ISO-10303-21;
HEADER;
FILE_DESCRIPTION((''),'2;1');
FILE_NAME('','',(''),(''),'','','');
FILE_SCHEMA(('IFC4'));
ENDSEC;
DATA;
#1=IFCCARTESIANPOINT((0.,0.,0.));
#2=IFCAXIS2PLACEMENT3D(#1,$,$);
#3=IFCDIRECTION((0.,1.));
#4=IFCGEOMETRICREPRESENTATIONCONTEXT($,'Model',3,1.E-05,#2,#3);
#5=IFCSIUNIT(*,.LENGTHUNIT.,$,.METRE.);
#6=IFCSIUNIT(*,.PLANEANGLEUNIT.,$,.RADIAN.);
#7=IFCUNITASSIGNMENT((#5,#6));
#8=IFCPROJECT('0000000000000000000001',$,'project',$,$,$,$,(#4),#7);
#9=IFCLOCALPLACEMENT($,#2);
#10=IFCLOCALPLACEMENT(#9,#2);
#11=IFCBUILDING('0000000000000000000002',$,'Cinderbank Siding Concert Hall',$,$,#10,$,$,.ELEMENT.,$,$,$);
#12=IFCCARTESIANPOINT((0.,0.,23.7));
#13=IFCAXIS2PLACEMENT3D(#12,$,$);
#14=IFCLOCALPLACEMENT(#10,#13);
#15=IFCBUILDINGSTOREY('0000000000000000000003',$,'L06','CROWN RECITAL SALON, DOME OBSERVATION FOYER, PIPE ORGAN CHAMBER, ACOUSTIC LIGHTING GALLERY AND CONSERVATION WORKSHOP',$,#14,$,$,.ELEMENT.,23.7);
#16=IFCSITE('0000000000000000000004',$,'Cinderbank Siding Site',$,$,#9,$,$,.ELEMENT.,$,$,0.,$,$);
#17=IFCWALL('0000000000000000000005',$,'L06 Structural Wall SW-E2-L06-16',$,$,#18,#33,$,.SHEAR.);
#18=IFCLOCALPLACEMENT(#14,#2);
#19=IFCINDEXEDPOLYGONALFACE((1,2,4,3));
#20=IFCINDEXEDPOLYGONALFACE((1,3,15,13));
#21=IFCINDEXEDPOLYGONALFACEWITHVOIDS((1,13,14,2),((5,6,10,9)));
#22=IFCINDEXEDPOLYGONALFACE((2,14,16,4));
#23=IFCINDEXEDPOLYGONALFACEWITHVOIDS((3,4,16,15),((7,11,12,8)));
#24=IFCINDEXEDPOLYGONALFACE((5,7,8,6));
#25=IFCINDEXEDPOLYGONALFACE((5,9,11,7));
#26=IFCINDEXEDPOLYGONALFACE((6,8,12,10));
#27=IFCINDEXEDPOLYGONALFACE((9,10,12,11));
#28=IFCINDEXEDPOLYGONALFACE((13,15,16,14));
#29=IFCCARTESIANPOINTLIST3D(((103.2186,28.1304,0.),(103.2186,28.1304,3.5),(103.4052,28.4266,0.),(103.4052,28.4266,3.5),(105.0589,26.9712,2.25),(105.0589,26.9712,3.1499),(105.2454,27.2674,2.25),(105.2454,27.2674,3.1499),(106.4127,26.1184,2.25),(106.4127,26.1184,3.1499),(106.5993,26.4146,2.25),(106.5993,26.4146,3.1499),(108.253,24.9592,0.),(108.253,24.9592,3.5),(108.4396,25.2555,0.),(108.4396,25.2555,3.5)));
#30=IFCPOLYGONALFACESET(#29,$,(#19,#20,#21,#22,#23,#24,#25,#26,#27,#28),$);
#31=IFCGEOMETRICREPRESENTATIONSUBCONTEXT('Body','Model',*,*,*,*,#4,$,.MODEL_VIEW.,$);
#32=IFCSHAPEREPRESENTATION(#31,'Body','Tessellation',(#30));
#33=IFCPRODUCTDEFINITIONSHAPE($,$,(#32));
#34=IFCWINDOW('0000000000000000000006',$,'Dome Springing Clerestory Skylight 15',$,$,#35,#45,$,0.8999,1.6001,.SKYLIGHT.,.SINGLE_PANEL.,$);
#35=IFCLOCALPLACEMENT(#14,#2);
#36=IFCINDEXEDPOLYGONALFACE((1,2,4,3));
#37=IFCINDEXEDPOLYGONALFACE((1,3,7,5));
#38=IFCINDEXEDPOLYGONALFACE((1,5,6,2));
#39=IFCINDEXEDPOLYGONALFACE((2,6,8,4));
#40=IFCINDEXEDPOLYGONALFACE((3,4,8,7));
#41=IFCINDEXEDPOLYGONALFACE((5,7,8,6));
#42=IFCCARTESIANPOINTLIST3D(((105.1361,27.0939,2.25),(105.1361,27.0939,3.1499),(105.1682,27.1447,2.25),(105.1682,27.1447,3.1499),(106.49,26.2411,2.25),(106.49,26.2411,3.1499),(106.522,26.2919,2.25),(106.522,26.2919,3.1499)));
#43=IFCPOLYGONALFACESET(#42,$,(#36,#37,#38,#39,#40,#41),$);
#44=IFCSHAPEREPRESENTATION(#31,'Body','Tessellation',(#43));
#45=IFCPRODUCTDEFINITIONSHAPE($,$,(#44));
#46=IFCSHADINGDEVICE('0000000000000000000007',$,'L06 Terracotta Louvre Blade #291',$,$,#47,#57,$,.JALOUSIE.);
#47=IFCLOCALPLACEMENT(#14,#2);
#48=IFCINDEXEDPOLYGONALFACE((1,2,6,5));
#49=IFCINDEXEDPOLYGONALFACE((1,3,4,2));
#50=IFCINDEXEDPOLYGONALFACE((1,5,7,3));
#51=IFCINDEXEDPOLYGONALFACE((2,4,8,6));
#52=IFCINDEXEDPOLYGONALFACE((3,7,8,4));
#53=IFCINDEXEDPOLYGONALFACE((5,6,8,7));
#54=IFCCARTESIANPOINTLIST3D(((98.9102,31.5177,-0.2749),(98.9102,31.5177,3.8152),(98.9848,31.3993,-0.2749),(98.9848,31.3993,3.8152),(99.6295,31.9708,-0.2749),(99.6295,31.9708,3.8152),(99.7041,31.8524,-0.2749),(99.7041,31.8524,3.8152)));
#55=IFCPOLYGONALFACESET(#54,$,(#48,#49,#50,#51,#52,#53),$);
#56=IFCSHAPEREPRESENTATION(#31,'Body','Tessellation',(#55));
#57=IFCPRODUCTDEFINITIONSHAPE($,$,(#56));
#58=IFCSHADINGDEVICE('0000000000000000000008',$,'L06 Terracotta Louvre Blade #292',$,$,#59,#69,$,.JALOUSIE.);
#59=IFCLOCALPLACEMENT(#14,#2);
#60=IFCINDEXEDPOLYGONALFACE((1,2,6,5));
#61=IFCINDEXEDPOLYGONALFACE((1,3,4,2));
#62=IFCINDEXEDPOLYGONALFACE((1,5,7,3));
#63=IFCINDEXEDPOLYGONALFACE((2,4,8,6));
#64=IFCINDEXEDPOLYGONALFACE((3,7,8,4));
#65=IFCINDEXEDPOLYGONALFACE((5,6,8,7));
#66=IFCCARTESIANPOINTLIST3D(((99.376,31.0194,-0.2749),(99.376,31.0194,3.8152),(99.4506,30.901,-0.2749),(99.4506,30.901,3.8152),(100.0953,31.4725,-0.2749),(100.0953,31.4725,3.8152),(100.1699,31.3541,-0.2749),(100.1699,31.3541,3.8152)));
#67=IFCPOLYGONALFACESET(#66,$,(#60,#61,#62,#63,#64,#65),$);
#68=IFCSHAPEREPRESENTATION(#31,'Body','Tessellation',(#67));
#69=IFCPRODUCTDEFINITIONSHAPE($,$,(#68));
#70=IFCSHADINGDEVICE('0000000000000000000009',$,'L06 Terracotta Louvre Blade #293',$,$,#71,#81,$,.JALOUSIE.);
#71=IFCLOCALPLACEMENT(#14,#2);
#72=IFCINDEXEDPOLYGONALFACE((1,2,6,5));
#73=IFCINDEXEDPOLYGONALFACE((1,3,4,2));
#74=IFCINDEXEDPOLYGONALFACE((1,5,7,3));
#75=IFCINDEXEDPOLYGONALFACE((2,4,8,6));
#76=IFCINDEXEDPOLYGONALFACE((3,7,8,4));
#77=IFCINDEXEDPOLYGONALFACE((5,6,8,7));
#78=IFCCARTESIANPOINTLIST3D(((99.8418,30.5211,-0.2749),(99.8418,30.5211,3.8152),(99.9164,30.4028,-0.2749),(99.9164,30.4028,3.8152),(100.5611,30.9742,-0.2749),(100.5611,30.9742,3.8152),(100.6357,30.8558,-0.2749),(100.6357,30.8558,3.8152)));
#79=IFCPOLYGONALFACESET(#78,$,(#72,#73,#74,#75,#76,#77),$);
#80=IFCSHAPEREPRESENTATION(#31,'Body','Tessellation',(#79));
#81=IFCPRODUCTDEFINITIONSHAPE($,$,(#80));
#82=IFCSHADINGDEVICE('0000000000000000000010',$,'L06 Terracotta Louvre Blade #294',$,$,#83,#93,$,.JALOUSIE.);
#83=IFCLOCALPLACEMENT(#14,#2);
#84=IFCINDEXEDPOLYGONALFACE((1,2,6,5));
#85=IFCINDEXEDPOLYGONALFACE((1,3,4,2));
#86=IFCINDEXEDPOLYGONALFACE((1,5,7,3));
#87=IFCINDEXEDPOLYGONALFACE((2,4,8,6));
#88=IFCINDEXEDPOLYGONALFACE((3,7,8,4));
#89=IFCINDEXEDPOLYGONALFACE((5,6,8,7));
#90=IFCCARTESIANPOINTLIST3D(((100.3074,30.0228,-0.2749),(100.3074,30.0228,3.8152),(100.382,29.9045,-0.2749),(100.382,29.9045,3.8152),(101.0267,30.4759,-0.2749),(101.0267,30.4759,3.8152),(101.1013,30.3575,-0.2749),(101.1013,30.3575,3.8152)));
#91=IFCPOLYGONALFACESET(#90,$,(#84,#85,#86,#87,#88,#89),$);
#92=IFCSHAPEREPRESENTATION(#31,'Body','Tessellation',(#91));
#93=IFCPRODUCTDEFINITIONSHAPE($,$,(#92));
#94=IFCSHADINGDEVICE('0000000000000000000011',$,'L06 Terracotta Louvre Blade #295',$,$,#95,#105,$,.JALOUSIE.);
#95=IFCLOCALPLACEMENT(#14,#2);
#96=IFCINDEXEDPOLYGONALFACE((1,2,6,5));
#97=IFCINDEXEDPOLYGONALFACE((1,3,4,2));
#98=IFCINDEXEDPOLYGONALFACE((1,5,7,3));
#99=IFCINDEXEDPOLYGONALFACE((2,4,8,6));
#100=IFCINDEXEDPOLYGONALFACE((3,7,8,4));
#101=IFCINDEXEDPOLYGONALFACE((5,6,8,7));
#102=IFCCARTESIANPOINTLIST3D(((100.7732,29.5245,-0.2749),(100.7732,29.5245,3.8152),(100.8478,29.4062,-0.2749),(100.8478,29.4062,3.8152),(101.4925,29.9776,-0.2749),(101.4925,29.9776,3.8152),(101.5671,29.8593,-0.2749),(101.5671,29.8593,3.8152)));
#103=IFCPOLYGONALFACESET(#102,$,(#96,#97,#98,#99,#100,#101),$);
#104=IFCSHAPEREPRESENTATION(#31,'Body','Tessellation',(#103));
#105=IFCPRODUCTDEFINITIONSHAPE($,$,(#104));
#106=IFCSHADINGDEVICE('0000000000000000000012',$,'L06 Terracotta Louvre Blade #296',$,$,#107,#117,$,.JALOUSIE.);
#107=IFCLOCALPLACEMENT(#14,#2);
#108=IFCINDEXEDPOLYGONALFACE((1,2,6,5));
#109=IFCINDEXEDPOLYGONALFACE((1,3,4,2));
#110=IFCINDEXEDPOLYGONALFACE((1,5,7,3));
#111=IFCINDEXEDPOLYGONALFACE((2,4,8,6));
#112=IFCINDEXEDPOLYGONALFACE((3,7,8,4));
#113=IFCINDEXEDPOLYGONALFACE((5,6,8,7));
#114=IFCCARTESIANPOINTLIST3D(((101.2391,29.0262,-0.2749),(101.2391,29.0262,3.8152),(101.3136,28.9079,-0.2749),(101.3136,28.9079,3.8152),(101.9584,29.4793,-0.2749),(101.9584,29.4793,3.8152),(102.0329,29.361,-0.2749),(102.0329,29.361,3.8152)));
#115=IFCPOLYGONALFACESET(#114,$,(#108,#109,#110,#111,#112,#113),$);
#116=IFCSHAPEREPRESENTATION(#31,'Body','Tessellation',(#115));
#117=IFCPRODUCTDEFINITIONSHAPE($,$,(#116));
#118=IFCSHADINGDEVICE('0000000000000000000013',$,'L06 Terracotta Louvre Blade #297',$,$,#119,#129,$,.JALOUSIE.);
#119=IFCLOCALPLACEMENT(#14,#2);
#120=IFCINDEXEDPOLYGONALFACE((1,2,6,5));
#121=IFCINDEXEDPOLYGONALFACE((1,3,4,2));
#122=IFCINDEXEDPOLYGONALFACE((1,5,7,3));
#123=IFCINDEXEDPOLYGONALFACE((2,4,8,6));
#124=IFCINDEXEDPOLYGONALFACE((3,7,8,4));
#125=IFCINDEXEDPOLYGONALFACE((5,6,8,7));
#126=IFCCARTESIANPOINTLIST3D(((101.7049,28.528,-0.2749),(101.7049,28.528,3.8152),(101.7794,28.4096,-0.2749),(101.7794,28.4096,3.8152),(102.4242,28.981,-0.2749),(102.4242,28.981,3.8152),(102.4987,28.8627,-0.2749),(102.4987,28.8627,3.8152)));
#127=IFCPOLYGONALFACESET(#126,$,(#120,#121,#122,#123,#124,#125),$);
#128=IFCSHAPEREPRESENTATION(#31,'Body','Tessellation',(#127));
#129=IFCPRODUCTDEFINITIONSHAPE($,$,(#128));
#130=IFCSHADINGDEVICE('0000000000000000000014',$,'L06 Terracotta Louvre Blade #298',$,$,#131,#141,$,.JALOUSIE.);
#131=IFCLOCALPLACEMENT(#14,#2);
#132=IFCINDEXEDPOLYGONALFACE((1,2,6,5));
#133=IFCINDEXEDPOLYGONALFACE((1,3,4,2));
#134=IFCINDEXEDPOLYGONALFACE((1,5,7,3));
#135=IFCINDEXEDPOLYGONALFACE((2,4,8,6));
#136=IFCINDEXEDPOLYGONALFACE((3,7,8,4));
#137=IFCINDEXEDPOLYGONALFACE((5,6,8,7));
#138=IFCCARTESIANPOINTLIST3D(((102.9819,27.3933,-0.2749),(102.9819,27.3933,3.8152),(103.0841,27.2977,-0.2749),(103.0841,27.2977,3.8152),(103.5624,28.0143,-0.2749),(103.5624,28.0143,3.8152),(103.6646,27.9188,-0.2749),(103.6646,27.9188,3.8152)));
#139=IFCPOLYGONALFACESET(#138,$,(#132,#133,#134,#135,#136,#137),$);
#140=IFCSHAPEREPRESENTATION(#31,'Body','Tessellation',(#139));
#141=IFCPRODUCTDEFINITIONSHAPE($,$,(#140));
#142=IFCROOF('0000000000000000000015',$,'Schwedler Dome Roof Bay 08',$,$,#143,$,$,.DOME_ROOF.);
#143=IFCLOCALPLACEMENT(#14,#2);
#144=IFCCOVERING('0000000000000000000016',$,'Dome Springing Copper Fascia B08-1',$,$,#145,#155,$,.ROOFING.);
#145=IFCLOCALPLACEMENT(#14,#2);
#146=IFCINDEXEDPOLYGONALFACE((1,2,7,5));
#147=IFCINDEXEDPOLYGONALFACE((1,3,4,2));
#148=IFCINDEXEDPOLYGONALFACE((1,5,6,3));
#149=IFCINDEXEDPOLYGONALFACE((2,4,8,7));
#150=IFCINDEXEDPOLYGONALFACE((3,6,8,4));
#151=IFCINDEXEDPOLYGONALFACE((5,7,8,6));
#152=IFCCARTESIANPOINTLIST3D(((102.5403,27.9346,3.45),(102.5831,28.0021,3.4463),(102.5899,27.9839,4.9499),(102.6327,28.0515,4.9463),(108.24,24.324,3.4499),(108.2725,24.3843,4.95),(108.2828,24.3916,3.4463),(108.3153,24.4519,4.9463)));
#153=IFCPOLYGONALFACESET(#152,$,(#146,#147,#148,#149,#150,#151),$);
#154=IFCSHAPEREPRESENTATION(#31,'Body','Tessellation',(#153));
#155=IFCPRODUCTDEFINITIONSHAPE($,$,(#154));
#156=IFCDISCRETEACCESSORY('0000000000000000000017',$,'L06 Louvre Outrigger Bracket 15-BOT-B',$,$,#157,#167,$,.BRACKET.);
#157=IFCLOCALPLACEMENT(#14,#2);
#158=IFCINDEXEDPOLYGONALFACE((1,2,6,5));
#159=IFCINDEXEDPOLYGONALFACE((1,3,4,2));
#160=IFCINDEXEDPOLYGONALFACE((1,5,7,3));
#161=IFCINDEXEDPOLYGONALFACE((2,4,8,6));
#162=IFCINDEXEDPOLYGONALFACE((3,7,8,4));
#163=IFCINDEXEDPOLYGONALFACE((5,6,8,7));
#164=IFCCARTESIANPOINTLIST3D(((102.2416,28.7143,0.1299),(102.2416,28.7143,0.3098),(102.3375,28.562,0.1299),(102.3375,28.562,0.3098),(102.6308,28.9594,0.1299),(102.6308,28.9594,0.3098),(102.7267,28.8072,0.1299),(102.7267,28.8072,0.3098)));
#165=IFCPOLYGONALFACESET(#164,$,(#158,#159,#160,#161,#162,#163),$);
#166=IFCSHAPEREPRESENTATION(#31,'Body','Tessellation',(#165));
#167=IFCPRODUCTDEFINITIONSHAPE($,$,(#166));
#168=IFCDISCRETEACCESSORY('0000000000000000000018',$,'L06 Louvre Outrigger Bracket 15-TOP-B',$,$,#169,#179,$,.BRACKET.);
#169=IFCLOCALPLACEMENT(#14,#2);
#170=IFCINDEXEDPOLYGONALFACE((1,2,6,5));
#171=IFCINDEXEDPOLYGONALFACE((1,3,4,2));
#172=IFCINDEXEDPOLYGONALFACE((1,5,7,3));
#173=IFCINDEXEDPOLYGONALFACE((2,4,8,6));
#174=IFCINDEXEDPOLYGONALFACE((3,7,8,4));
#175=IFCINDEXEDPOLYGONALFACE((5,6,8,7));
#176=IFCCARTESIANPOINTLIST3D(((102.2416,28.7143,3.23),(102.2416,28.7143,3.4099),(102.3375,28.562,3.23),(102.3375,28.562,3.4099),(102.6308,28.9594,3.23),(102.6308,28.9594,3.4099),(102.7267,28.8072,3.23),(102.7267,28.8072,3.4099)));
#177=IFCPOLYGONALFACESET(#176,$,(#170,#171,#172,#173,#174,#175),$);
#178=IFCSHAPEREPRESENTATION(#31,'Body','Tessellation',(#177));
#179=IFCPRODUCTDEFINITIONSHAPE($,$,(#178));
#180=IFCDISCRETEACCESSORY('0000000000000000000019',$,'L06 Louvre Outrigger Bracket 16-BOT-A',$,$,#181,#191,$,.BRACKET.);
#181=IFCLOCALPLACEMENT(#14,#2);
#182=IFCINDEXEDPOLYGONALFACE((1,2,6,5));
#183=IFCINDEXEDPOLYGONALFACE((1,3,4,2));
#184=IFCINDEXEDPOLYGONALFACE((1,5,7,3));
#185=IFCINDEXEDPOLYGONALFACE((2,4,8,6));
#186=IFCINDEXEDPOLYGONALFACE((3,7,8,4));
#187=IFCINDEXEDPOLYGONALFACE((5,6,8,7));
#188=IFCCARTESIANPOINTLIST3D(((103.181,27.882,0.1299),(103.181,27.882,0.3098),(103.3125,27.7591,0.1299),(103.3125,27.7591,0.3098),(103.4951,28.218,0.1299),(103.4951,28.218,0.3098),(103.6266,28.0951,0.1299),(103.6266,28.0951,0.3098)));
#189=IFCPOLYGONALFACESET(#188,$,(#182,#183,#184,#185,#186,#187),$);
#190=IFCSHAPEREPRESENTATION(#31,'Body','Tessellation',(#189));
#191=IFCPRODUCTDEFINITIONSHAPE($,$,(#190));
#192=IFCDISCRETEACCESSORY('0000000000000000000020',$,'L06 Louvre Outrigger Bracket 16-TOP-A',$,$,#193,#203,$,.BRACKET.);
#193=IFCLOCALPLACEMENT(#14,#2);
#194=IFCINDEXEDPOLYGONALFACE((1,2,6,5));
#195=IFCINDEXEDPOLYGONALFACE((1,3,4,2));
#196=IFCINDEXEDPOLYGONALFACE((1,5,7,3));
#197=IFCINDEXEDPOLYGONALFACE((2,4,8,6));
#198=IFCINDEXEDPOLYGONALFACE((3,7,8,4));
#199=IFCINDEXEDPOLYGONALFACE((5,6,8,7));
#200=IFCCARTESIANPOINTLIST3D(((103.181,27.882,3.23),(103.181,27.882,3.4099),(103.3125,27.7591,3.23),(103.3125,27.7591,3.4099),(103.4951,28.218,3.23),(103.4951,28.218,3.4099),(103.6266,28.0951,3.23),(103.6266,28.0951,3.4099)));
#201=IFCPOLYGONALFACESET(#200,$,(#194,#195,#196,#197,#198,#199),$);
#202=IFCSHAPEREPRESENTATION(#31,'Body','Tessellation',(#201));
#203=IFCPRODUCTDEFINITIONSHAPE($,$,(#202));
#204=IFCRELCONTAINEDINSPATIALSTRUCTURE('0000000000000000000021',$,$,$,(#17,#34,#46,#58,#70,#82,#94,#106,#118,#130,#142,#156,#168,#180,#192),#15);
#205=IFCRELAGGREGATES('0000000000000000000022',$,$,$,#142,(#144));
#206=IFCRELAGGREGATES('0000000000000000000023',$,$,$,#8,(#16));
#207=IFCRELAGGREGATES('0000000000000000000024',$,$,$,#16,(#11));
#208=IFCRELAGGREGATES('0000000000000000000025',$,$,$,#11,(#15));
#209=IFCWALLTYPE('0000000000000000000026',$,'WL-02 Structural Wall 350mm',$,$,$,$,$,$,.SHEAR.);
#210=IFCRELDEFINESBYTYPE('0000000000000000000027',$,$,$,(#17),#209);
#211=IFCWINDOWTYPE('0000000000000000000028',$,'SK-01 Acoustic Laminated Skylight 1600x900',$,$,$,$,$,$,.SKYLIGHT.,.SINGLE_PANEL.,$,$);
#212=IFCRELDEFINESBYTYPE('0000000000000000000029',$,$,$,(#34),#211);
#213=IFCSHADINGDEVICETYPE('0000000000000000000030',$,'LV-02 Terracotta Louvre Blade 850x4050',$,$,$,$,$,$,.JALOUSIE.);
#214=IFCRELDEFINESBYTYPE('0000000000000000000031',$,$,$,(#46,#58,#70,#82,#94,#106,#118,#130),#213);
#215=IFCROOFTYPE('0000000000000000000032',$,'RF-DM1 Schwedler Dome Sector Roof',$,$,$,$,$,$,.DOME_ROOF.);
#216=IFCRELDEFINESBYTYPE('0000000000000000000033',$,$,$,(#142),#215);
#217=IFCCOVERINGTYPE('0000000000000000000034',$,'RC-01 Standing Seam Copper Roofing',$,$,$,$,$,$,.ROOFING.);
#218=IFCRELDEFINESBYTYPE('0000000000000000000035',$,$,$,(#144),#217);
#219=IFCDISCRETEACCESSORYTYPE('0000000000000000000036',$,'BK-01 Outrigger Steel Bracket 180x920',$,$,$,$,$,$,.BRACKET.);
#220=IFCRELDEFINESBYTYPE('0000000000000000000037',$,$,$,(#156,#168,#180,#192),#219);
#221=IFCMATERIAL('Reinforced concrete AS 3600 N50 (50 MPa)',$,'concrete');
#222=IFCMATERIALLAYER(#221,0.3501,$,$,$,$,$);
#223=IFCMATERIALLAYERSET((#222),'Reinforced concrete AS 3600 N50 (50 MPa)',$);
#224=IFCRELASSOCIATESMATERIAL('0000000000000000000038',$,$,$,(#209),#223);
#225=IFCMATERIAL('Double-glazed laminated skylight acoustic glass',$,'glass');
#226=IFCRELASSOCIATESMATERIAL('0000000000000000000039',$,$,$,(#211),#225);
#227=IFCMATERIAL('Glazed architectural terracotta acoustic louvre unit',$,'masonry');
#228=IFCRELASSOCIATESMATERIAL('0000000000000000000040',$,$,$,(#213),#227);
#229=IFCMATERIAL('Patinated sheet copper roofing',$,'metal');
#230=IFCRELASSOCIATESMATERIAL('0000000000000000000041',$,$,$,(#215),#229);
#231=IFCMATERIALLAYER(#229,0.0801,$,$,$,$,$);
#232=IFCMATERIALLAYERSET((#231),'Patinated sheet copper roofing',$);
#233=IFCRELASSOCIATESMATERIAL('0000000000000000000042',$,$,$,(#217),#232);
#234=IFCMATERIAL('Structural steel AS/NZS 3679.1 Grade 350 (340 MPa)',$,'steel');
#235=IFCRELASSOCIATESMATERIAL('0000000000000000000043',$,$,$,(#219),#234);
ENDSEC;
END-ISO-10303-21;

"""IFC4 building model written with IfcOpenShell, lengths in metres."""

from ifc_helpers import new_model, si_unit, direction, frame, frame_2d, origin, origin_2d, place, context, subcontext, project, spatial, polyline, rectangle, outline, extrude, material, layer, layer_set, type_object, element, fill, aggregate, save


model = new_model("IFC4")

# Units and contexts
model_context = context("Model", 3, precision=1e-05, world=origin(), true_north=direction((0.0, 1.0)))
body_context = subcontext(model_context, "Body", "Model", "MODEL_VIEW")
ifc_project = project(units=[si_unit("LENGTHUNIT", "METRE"), si_unit("PLANEANGLEUNIT", "RADIAN")], contexts=[model_context])

# Site, building, storey
site_placement = place(None, origin())
site = spatial("IfcSite", under=ifc_project, at=site_placement, Name="Cinderbank Siding Site", CompositionType="ELEMENT", RefElevation=0.0)
building_placement = place(site_placement, origin())
building = spatial("IfcBuilding", under=site, at=building_placement, Name="Cinderbank Siding Concert Hall", CompositionType="ELEMENT")
storey_placement = place(building_placement, frame((0.0, 0.0, 23.7)))
storey = spatial("IfcBuildingStorey", under=building, at=storey_placement, Name="L06", Description="CROWN RECITAL SALON, DOME OBSERVATION FOYER, PIPE ORGAN CHAMBER, ACOUSTIC LIGHTING GALLERY AND CONSERVATION WORKSHOP", CompositionType="ELEMENT", Elevation=23.7)

# Shared definitions
ifc_material_1 = material(Name="Reinforced concrete AS 3600 N50 (50 MPa)", Category="concrete")

# Wall, opening, window
ifc_layer_1 = layer(ifc_material_1, 0.3501)
ifc_layer_set_1 = layer_set([ifc_layer_1], Name="Reinforced concrete AS 3600 N50 (50 MPa)")
wall_type = type_object("IfcWallType", Name="WL-02 Structural Wall 350mm", PredefinedType="SHEAR", material=ifc_layer_set_1)
wall_placement = place(storey_placement, frame((103.3118, 28.2786, 0.0), z_axis=(0.0, 0.0, 1.0), x_axis=(0.846133, -0.532972, 0.0)))
wall = element("IfcWall", 1, at=wall_placement, inside=storey, type_object=wall_type, Name="L06 Structural Wall SW-E2-L06-16", PredefinedType="SHEAR", context=body_context, shape_type="SweptSolid", body=[
    extrude(rectangle(XDim=5.95, YDim=0.3501, at=frame_2d((2.9751, 0.0))), origin(), (0.0, 0.0, 1.0), 3.5),
])
opening_placement = place(wall_placement, frame((2.175, 0.0, 2.25)))
opening = element("IfcOpeningElement", 2, at=opening_placement, cuts=wall, PredefinedType="OPENING", context=body_context, shape_type="SweptSolid", body=[
    extrude(rectangle(XDim=1.6001, YDim=0.8999, at=frame_2d((0.8, 0.45))), frame((0.0, 0.187, 0.0), z_axis=(0.0, -1.0, 0.0), x_axis=(1.0, 0.0, 0.0)), (0.0, 0.0, 1.0), 0.374),
])
ifc_material_2 = material(Name="Double-glazed laminated skylight acoustic glass", Category="glass")
window_type = type_object("IfcWindowType", Name="SK-01 Acoustic Laminated Skylight 1600x900", PartitioningType="SINGLE_PANEL", PredefinedType="SKYLIGHT", material=ifc_material_2)
window_placement = place(opening_placement, origin())
window = element("IfcWindow", 3, at=window_placement, inside=storey, type_object=window_type, Name="Dome Springing Clerestory Skylight 15", OverallHeight=0.8999, OverallWidth=1.6001, PartitioningType="SINGLE_PANEL", PredefinedType="SKYLIGHT", context=body_context, shape_type="SweptSolid", body=[
    extrude(rectangle(XDim=1.6001, YDim=0.8999, at=frame_2d((0.8, 0.45))), frame((0.0, 0.03, 0.0), z_axis=(0.0, -1.0, 0.0), x_axis=(1.0, 0.0, 0.0)), (0.0, 0.0, 1.0), 0.0601),
])
fill(opening, window)

# Shared definitions
ifc_material_3 = material(Name="Structural steel AS/NZS 3679.1 Grade 350 (340 MPa)", Category="steel")

# Shading devices
ifc_material_4 = material(Name="Glazed architectural terracotta acoustic louvre unit", Category="masonry")
shading_device_type = type_object("IfcShadingDeviceType", Name="LV-02 Terracotta Louvre Blade 850x4050", PredefinedType="JALOUSIE", material=ifc_material_4)
for number, where, z_axis, x_axis, name in (
    (4, (99.3071, 31.6851, -0.2749), (0.0, 0.0, 1.0), (-0.846132, -0.532973, 0.0), "L06 Terracotta Louvre Blade #291"),
    (5, (99.7729, 31.1868, -0.2749), (0.0, 0.0, 1.0), (-0.846132, -0.532973, 0.0), "L06 Terracotta Louvre Blade #292"),
    (6, (100.2388, 30.6885, -0.2749), (0.0, 0.0, 1.0), (-0.846132, -0.532973, 0.0), "L06 Terracotta Louvre Blade #293"),
    (7, (100.7043, 30.1902, -0.2749), (0.0, 0.0, 1.0), (-0.846132, -0.532973, 0.0), "L06 Terracotta Louvre Blade #294"),
    (8, (101.1702, 29.6919, -0.2749), (0.0, 0.0, 1.0), (-0.846132, -0.532973, 0.0), "L06 Terracotta Louvre Blade #295"),
    (9, (101.636, 29.1936, -0.2749), (0.0, 0.0, 1.0), (-0.846132, -0.532973, 0.0), "L06 Terracotta Louvre Blade #296"),
    (10, (102.1018, 28.6953, -0.2749), (0.0, 0.0, 1.0), (-0.846132, -0.532973, 0.0), "L06 Terracotta Louvre Blade #297"),
    (11, (103.3232, 27.656, -0.2749), (0.0, 0.0, 1.0), (-0.682869, -0.730541, 0.0), "L06 Terracotta Louvre Blade #298"),
):
    element("IfcShadingDevice", number, at=place(storey_placement, frame(where, z_axis=z_axis, x_axis=x_axis)), inside=storey, type_object=shading_device_type, Name=name, PredefinedType="JALOUSIE", context=body_context, shape_type="SweptSolid", body=[
        extrude(rectangle(XDim=0.8501, YDim=0.1399, at=origin_2d()), origin(), (0.0, 0.0, 1.0), 4.0901),
    ])

# Roof, covering
ifc_material_5 = material(Name="Patinated sheet copper roofing", Category="metal")
roof_type = type_object("IfcRoofType", Name="RF-DM1 Schwedler Dome Sector Roof", PredefinedType="DOME_ROOF", material=ifc_material_5)
roof_placement = place(storey_placement, origin())
roof = element("IfcRoof", 12, at=roof_placement, inside=storey, type_object=roof_type, Name="Schwedler Dome Roof Bay 08", PredefinedType="DOME_ROOF")
ifc_layer_2 = layer(ifc_material_5, 0.0801)
ifc_layer_set_2 = layer_set([ifc_layer_2], Name="Patinated sheet copper roofing")
covering_type = type_object("IfcCoveringType", Name="RC-01 Standing Seam Copper Roofing", PredefinedType="ROOFING", material=ifc_layer_set_2)
covering_placement = place(storey_placement, frame((102.5403, 27.9346, 3.45), z_axis=(-0.534573, -0.843899, 0.045453), x_axis=(0.844772, -0.535126, 0.0)))
covering = element("IfcCovering", 13, at=covering_placement, type_object=covering_type, Name="Dome Springing Copper Fascia B08-1", PredefinedType="ROOFING", context=body_context, shape_type="SweptSolid", body=[
    extrude(outline(polyline([(0.0, 0.0), (6.7471, 0.0), (6.7422, 1.5016), (0.0155, 1.5015), (0.0, 0.0)])), origin(), (0.0, 0.0, -1.0), 0.0801),
])
aggregate(roof, [covering])

# Discrete accessories
discrete_accessory_type = type_object("IfcDiscreteAccessoryType", Name="BK-01 Outrigger Steel Bracket 180x920", PredefinedType="BRACKET", material=ifc_material_3)
for number, where, z_axis, x_axis, name in (
    (14, (102.4841, 28.7607, 0.1299), (0.0, 0.0, 1.0), (-0.846132, -0.532973, 0.0), "L06 Louvre Outrigger Bracket 15-BOT-B"),
    (15, (102.4841, 28.7607, 3.23), (0.0, 0.0, 1.0), (-0.846132, -0.532973, 0.0), "L06 Louvre Outrigger Bracket 15-TOP-B"),
    (16, (103.4038, 27.9885, 0.1299), (0.0, 0.0, 1.0), (-0.682869, -0.730541, 0.0), "L06 Louvre Outrigger Bracket 16-BOT-A"),
    (17, (103.4038, 27.9885, 3.23), (0.0, 0.0, 1.0), (-0.682869, -0.730541, 0.0), "L06 Louvre Outrigger Bracket 16-TOP-A"),
):
    element("IfcDiscreteAccessory", number, at=place(storey_placement, frame(where, z_axis=z_axis, x_axis=x_axis)), inside=storey, type_object=discrete_accessory_type, Name=name, PredefinedType="BRACKET", context=body_context, shape_type="SweptSolid", body=[
        extrude(rectangle(XDim=0.46, YDim=0.1799, at=origin_2d()), origin(), (0.0, 0.0, 1.0), 0.1799),
    ])

save(model, "model.ifc")
